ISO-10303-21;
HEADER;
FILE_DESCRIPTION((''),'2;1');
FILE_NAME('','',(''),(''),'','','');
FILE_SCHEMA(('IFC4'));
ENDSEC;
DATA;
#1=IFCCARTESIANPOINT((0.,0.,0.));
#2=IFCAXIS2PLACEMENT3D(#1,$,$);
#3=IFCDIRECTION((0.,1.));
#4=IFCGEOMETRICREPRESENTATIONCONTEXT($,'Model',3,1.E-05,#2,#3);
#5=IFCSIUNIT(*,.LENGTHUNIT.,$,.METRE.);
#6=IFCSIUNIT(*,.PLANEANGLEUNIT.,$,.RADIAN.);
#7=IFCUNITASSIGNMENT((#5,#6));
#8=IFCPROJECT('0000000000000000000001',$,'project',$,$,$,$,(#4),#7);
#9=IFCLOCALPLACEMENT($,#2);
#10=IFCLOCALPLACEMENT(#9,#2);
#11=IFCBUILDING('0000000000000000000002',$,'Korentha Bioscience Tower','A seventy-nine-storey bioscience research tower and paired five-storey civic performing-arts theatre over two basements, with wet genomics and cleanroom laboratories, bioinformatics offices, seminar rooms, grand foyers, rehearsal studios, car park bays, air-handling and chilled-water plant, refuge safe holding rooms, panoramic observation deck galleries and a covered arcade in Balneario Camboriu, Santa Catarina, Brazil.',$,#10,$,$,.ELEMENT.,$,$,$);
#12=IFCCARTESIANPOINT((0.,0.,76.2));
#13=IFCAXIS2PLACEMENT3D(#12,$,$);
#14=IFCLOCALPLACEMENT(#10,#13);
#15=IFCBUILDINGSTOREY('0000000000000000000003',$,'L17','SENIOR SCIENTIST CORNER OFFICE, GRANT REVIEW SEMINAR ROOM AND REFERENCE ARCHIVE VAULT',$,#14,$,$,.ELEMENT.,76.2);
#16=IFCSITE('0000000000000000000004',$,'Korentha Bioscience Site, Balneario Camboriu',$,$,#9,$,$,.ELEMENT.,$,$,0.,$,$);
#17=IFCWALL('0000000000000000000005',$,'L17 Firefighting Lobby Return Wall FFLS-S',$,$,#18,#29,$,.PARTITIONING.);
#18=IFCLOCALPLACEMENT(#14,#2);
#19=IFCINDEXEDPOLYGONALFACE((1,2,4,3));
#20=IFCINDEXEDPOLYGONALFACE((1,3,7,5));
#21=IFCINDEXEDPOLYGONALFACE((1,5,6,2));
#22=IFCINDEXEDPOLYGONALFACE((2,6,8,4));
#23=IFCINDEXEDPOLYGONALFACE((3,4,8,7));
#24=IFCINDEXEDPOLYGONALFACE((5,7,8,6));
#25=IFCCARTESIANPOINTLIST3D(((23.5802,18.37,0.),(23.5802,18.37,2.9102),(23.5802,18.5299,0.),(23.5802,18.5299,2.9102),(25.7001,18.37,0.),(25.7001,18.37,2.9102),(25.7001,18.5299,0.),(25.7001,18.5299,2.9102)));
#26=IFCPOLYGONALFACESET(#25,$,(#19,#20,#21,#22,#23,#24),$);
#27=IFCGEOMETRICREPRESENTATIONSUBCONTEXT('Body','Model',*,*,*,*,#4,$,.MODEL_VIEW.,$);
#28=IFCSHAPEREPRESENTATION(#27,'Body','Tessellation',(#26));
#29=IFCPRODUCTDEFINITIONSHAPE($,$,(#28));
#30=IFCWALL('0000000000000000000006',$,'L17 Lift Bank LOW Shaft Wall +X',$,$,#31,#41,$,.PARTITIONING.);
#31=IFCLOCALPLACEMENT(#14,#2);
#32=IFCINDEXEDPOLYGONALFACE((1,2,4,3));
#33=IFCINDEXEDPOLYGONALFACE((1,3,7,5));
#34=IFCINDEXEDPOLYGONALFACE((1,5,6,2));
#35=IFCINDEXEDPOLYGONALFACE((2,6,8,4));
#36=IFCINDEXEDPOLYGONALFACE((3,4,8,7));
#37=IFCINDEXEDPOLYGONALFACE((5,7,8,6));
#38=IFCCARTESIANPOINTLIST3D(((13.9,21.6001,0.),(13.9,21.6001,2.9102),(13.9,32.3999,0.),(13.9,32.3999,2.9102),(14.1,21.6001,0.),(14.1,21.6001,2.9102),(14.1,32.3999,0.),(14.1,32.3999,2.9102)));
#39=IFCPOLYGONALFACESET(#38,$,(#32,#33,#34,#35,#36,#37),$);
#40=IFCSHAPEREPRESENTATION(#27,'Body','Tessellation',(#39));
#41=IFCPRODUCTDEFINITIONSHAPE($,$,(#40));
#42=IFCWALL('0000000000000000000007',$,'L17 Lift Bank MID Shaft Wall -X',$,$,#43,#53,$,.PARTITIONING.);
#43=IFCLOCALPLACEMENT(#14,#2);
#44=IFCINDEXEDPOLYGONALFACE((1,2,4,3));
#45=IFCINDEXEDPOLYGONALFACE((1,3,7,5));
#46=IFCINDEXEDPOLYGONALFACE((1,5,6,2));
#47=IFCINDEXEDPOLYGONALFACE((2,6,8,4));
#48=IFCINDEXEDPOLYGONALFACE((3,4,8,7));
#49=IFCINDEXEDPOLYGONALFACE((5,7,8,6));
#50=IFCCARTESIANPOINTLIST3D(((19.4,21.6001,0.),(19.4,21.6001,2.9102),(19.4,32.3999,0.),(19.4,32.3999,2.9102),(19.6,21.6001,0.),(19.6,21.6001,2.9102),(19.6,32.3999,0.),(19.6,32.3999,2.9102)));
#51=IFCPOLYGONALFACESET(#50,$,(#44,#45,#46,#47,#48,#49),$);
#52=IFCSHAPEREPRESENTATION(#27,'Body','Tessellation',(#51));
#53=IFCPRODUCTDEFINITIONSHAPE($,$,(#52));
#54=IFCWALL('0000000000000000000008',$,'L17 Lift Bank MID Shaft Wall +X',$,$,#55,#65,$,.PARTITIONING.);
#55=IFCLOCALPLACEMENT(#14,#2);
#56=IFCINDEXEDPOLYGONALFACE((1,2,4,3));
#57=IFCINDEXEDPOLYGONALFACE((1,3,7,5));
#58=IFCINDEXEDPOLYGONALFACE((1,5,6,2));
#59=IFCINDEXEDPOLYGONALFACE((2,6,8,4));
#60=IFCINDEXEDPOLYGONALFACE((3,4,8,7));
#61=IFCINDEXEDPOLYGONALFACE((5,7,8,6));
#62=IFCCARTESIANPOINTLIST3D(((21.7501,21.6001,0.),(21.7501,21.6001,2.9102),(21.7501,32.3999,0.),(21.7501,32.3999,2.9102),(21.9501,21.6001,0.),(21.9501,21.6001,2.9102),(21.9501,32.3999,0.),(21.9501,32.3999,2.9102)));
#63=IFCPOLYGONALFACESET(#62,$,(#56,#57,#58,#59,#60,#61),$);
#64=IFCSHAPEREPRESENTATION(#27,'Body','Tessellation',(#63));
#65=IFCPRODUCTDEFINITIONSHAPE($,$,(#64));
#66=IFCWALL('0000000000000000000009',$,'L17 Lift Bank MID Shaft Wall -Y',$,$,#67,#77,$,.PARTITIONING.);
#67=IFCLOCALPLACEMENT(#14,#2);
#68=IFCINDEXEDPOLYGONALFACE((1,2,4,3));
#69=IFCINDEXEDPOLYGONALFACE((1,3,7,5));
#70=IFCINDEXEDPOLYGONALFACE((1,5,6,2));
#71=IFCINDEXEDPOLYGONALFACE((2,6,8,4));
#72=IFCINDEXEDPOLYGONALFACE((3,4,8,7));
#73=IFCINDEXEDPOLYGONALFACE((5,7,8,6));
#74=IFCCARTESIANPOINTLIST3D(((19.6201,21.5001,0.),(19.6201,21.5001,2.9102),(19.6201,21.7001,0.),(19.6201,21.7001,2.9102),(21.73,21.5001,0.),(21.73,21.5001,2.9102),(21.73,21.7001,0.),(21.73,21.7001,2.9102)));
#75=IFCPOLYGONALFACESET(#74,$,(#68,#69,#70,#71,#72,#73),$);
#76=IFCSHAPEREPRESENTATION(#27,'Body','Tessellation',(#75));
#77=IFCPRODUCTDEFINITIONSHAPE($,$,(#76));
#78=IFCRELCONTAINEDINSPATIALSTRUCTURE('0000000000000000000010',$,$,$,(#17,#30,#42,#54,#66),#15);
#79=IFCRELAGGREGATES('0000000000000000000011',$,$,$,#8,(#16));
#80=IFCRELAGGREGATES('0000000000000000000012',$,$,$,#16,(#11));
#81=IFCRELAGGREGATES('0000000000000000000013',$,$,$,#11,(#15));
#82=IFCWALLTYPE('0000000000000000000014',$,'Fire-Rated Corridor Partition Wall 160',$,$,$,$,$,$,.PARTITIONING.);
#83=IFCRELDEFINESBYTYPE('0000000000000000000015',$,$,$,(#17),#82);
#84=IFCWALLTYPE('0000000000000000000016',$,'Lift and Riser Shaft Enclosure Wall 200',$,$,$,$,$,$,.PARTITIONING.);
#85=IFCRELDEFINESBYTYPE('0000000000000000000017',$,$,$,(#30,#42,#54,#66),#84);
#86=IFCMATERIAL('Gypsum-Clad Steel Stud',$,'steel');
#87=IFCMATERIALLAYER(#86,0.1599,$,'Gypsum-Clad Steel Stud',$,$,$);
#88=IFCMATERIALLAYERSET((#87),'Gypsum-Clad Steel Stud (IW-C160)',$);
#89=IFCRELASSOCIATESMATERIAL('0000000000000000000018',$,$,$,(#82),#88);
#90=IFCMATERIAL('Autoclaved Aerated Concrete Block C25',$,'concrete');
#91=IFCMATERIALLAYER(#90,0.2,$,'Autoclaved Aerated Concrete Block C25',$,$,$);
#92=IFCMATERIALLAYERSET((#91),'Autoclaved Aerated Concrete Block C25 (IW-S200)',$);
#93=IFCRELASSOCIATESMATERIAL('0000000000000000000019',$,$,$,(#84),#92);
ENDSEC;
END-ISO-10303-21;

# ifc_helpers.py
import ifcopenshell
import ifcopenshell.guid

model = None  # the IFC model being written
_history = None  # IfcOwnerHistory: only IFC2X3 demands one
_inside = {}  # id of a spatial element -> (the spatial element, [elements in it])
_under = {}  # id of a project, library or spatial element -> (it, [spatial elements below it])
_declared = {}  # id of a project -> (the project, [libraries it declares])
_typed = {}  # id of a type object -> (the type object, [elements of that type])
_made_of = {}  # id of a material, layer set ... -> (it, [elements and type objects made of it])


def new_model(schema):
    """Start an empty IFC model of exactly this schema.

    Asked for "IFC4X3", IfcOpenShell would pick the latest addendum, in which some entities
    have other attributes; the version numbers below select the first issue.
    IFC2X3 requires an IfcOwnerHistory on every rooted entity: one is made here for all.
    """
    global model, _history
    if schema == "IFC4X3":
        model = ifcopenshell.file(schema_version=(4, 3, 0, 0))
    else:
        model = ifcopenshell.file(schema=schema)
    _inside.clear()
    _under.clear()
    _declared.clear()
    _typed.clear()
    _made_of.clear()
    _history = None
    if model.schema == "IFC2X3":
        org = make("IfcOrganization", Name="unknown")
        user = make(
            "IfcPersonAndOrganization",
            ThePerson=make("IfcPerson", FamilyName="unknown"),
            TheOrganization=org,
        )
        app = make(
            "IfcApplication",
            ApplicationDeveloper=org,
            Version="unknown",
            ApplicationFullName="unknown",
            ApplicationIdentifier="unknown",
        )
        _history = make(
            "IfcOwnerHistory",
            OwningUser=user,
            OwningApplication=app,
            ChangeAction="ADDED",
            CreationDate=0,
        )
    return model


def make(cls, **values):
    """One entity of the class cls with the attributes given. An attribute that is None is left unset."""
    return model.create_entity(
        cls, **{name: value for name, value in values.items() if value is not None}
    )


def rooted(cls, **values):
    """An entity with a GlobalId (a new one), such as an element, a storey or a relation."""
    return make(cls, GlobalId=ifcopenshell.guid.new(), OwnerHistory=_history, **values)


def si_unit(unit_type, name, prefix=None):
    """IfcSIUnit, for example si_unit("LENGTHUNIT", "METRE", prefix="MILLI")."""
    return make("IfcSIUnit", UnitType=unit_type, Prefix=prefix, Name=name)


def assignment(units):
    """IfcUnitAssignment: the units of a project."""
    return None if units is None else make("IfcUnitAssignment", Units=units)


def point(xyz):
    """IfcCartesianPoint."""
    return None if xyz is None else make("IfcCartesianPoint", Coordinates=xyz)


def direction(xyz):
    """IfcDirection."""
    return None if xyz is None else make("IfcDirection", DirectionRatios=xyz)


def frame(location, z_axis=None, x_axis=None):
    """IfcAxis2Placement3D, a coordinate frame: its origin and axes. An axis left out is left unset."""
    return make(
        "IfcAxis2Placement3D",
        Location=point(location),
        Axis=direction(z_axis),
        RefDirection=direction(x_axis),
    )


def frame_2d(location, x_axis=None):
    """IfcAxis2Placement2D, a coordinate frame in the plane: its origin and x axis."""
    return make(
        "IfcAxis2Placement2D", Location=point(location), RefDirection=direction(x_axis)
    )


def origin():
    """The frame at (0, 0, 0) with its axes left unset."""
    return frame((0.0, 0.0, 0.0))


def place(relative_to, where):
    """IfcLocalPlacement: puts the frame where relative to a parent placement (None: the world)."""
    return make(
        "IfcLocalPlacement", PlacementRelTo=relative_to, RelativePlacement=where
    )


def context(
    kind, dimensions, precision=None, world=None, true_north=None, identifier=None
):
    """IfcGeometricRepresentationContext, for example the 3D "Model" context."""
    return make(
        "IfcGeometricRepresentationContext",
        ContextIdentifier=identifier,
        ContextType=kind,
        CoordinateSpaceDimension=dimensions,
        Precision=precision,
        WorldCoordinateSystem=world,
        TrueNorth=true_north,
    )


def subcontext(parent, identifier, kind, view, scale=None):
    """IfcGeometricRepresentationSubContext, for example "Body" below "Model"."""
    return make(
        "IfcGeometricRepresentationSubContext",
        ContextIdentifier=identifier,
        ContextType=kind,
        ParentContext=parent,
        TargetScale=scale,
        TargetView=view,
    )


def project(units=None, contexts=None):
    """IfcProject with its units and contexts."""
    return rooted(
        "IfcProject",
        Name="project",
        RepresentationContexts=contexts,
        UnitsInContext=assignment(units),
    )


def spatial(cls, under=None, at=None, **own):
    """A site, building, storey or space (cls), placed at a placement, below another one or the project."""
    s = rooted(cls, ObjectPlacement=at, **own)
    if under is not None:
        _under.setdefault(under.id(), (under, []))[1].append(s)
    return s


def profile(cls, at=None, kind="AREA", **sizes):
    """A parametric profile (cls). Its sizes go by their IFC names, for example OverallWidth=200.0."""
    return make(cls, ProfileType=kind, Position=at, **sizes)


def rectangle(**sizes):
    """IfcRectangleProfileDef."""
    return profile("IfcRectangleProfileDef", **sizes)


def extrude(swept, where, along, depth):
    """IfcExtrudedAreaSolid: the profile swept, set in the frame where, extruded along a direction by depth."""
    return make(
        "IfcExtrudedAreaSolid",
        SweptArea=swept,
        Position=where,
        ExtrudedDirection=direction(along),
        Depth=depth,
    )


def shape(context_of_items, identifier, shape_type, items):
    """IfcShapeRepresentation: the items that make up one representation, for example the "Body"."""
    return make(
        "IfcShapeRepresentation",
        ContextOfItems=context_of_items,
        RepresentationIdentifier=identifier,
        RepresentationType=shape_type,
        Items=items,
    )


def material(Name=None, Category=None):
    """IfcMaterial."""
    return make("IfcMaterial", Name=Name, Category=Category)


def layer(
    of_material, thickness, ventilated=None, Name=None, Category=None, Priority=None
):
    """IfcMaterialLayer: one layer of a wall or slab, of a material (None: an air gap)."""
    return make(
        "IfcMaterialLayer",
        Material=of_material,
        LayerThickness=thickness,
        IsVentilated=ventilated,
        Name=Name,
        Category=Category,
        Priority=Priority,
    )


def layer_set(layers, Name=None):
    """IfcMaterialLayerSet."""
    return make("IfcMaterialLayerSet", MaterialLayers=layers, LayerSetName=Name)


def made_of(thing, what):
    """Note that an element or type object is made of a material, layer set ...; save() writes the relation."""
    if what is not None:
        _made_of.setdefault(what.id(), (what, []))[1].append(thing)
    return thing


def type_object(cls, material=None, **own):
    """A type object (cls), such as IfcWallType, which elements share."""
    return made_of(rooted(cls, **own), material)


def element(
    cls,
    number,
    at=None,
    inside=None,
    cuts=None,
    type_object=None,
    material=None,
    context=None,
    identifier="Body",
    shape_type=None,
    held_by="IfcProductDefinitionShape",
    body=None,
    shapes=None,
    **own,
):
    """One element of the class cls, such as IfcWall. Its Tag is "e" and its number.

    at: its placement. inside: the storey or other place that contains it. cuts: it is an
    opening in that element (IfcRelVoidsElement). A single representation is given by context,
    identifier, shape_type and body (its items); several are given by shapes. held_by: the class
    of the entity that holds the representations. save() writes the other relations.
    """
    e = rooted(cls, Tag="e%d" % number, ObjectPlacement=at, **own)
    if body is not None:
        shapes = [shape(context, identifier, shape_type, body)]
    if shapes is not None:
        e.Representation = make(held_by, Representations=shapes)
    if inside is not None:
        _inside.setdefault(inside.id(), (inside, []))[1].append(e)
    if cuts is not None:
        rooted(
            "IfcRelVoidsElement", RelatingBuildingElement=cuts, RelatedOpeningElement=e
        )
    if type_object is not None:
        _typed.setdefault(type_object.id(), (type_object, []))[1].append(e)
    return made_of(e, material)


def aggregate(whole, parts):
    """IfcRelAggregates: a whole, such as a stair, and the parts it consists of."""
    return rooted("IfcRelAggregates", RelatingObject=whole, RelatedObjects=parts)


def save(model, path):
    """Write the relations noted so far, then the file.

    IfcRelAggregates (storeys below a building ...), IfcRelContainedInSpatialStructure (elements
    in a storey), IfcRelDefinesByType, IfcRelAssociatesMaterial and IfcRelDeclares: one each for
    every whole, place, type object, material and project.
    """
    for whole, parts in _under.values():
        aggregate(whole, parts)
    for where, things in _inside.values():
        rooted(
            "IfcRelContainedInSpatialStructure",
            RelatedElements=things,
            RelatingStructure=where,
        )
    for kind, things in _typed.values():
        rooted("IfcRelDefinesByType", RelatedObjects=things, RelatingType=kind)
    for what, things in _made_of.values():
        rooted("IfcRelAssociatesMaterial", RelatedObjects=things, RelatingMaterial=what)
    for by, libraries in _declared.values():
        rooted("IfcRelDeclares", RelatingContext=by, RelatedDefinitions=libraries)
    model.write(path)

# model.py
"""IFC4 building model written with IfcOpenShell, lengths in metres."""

from ifc_helpers import new_model, si_unit, direction, frame, frame_2d, origin, place, context, subcontext, project, spatial, rectangle, extrude, material, layer, layer_set, type_object, element, save


model = new_model("IFC4")

# Units and contexts
model_context = context("Model", 3, precision=1e-05, world=origin(), true_north=direction((0.0, 1.0)))
body_context = subcontext(model_context, "Body", "Model", "MODEL_VIEW")
ifc_project = project(units=[si_unit("LENGTHUNIT", "METRE"), si_unit("PLANEANGLEUNIT", "RADIAN")], contexts=[model_context])

# Site, building, storey
site_placement = place(None, origin())
site = spatial("IfcSite", under=ifc_project, at=site_placement, Name="Korentha Bioscience Site, Balneario Camboriu", CompositionType="ELEMENT", RefElevation=0.0)
building_placement = place(site_placement, origin())
building = spatial("IfcBuilding", under=site, at=building_placement, Name="Korentha Bioscience Tower", Description="A seventy-nine-storey bioscience research tower and paired five-storey civic performing-arts theatre over two basements, with wet genomics and cleanroom laboratories, bioinformatics offices, seminar rooms, grand foyers, rehearsal studios, car park bays, air-handling and chilled-water plant, refuge safe holding rooms, panoramic observation deck galleries and a covered arcade in Balneario Camboriu, Santa Catarina, Brazil.", CompositionType="ELEMENT")
storey_placement = place(building_placement, frame((0.0, 0.0, 76.2)))
storey = spatial("IfcBuildingStorey", under=building, at=storey_placement, Name="L17", Description="SENIOR SCIENTIST CORNER OFFICE, GRANT REVIEW SEMINAR ROOM AND REFERENCE ARCHIVE VAULT", CompositionType="ELEMENT", Elevation=76.2)

# Shared definitions
ifc_material_1 = material(Name="Gypsum-Clad Steel Stud", Category="steel")
ifc_layer_1 = layer(ifc_material_1, 0.1599, Name="Gypsum-Clad Steel Stud")
ifc_layer_set_1 = layer_set([ifc_layer_1], Name="Gypsum-Clad Steel Stud (IW-C160)")
wall_type_1 = type_object("IfcWallType", Name="Fire-Rated Corridor Partition Wall 160", PredefinedType="PARTITIONING", material=ifc_layer_set_1)

# Walls
wall_1_placement = place(storey_placement, frame((23.5801, 18.45, 0.0), z_axis=(0.0, 0.0, 1.0), x_axis=(1.0, 0.0, 0.0)))
element("IfcWall", 1, at=wall_1_placement, inside=storey, type_object=wall_type_1, Name="L17 Firefighting Lobby Return Wall FFLS-S", PredefinedType="PARTITIONING", context=body_context, shape_type="SweptSolid", body=[
    extrude(rectangle(XDim=2.1199, YDim=0.1599, at=frame_2d((1.0601, 0.0))), origin(), (0.0, 0.0, 1.0), 2.9102),
])
ifc_material_2 = material(Name="Autoclaved Aerated Concrete Block C25", Category="concrete")
ifc_layer_2 = layer(ifc_material_2, 0.2, Name="Autoclaved Aerated Concrete Block C25")
ifc_layer_set_2 = layer_set([ifc_layer_2], Name="Autoclaved Aerated Concrete Block C25 (IW-S200)")
wall_type_2 = type_object("IfcWallType", Name="Lift and Riser Shaft Enclosure Wall 200", PredefinedType="PARTITIONING", material=ifc_layer_set_2)
for number, where, z_axis, x_axis, name in (
    (2, (14.0, 21.6001, 0.0), (0.0, 0.0, 1.0), (0.0, 1.0, 0.0), "L17 Lift Bank LOW Shaft Wall +X"),
    (3, (19.5, 21.6001, 0.0), (0.0, 0.0, 1.0), (0.0, 1.0, 0.0), "L17 Lift Bank MID Shaft Wall -X"),
    (4, (21.8501, 21.6001, 0.0), (0.0, 0.0, 1.0), (0.0, 1.0, 0.0), "L17 Lift Bank MID Shaft Wall +X"),
):
    element("IfcWall", number, at=place(storey_placement, frame(where, z_axis=z_axis, x_axis=x_axis)), inside=storey, type_object=wall_type_2, Name=name, PredefinedType="PARTITIONING", context=body_context, shape_type="SweptSolid", body=[
        extrude(rectangle(XDim=10.7998, YDim=0.2, at=frame_2d((5.3999, 0.0))), origin(), (0.0, 0.0, 1.0), 2.9102),
    ])
wall_2_placement = place(storey_placement, frame((19.6201, 21.6001, 0.0), z_axis=(0.0, 0.0, 1.0), x_axis=(1.0, 0.0, 0.0)))
element("IfcWall", 5, at=wall_2_placement, inside=storey, type_object=wall_type_2, Name="L17 Lift Bank MID Shaft Wall -Y", PredefinedType="PARTITIONING", context=body_context, shape_type="SweptSolid", body=[
    extrude(rectangle(XDim=2.1099, YDim=0.2, at=frame_2d((1.0549, 0.0))), origin(), (0.0, 0.0, 1.0), 2.9102),
])

save(model, "model.ifc")
